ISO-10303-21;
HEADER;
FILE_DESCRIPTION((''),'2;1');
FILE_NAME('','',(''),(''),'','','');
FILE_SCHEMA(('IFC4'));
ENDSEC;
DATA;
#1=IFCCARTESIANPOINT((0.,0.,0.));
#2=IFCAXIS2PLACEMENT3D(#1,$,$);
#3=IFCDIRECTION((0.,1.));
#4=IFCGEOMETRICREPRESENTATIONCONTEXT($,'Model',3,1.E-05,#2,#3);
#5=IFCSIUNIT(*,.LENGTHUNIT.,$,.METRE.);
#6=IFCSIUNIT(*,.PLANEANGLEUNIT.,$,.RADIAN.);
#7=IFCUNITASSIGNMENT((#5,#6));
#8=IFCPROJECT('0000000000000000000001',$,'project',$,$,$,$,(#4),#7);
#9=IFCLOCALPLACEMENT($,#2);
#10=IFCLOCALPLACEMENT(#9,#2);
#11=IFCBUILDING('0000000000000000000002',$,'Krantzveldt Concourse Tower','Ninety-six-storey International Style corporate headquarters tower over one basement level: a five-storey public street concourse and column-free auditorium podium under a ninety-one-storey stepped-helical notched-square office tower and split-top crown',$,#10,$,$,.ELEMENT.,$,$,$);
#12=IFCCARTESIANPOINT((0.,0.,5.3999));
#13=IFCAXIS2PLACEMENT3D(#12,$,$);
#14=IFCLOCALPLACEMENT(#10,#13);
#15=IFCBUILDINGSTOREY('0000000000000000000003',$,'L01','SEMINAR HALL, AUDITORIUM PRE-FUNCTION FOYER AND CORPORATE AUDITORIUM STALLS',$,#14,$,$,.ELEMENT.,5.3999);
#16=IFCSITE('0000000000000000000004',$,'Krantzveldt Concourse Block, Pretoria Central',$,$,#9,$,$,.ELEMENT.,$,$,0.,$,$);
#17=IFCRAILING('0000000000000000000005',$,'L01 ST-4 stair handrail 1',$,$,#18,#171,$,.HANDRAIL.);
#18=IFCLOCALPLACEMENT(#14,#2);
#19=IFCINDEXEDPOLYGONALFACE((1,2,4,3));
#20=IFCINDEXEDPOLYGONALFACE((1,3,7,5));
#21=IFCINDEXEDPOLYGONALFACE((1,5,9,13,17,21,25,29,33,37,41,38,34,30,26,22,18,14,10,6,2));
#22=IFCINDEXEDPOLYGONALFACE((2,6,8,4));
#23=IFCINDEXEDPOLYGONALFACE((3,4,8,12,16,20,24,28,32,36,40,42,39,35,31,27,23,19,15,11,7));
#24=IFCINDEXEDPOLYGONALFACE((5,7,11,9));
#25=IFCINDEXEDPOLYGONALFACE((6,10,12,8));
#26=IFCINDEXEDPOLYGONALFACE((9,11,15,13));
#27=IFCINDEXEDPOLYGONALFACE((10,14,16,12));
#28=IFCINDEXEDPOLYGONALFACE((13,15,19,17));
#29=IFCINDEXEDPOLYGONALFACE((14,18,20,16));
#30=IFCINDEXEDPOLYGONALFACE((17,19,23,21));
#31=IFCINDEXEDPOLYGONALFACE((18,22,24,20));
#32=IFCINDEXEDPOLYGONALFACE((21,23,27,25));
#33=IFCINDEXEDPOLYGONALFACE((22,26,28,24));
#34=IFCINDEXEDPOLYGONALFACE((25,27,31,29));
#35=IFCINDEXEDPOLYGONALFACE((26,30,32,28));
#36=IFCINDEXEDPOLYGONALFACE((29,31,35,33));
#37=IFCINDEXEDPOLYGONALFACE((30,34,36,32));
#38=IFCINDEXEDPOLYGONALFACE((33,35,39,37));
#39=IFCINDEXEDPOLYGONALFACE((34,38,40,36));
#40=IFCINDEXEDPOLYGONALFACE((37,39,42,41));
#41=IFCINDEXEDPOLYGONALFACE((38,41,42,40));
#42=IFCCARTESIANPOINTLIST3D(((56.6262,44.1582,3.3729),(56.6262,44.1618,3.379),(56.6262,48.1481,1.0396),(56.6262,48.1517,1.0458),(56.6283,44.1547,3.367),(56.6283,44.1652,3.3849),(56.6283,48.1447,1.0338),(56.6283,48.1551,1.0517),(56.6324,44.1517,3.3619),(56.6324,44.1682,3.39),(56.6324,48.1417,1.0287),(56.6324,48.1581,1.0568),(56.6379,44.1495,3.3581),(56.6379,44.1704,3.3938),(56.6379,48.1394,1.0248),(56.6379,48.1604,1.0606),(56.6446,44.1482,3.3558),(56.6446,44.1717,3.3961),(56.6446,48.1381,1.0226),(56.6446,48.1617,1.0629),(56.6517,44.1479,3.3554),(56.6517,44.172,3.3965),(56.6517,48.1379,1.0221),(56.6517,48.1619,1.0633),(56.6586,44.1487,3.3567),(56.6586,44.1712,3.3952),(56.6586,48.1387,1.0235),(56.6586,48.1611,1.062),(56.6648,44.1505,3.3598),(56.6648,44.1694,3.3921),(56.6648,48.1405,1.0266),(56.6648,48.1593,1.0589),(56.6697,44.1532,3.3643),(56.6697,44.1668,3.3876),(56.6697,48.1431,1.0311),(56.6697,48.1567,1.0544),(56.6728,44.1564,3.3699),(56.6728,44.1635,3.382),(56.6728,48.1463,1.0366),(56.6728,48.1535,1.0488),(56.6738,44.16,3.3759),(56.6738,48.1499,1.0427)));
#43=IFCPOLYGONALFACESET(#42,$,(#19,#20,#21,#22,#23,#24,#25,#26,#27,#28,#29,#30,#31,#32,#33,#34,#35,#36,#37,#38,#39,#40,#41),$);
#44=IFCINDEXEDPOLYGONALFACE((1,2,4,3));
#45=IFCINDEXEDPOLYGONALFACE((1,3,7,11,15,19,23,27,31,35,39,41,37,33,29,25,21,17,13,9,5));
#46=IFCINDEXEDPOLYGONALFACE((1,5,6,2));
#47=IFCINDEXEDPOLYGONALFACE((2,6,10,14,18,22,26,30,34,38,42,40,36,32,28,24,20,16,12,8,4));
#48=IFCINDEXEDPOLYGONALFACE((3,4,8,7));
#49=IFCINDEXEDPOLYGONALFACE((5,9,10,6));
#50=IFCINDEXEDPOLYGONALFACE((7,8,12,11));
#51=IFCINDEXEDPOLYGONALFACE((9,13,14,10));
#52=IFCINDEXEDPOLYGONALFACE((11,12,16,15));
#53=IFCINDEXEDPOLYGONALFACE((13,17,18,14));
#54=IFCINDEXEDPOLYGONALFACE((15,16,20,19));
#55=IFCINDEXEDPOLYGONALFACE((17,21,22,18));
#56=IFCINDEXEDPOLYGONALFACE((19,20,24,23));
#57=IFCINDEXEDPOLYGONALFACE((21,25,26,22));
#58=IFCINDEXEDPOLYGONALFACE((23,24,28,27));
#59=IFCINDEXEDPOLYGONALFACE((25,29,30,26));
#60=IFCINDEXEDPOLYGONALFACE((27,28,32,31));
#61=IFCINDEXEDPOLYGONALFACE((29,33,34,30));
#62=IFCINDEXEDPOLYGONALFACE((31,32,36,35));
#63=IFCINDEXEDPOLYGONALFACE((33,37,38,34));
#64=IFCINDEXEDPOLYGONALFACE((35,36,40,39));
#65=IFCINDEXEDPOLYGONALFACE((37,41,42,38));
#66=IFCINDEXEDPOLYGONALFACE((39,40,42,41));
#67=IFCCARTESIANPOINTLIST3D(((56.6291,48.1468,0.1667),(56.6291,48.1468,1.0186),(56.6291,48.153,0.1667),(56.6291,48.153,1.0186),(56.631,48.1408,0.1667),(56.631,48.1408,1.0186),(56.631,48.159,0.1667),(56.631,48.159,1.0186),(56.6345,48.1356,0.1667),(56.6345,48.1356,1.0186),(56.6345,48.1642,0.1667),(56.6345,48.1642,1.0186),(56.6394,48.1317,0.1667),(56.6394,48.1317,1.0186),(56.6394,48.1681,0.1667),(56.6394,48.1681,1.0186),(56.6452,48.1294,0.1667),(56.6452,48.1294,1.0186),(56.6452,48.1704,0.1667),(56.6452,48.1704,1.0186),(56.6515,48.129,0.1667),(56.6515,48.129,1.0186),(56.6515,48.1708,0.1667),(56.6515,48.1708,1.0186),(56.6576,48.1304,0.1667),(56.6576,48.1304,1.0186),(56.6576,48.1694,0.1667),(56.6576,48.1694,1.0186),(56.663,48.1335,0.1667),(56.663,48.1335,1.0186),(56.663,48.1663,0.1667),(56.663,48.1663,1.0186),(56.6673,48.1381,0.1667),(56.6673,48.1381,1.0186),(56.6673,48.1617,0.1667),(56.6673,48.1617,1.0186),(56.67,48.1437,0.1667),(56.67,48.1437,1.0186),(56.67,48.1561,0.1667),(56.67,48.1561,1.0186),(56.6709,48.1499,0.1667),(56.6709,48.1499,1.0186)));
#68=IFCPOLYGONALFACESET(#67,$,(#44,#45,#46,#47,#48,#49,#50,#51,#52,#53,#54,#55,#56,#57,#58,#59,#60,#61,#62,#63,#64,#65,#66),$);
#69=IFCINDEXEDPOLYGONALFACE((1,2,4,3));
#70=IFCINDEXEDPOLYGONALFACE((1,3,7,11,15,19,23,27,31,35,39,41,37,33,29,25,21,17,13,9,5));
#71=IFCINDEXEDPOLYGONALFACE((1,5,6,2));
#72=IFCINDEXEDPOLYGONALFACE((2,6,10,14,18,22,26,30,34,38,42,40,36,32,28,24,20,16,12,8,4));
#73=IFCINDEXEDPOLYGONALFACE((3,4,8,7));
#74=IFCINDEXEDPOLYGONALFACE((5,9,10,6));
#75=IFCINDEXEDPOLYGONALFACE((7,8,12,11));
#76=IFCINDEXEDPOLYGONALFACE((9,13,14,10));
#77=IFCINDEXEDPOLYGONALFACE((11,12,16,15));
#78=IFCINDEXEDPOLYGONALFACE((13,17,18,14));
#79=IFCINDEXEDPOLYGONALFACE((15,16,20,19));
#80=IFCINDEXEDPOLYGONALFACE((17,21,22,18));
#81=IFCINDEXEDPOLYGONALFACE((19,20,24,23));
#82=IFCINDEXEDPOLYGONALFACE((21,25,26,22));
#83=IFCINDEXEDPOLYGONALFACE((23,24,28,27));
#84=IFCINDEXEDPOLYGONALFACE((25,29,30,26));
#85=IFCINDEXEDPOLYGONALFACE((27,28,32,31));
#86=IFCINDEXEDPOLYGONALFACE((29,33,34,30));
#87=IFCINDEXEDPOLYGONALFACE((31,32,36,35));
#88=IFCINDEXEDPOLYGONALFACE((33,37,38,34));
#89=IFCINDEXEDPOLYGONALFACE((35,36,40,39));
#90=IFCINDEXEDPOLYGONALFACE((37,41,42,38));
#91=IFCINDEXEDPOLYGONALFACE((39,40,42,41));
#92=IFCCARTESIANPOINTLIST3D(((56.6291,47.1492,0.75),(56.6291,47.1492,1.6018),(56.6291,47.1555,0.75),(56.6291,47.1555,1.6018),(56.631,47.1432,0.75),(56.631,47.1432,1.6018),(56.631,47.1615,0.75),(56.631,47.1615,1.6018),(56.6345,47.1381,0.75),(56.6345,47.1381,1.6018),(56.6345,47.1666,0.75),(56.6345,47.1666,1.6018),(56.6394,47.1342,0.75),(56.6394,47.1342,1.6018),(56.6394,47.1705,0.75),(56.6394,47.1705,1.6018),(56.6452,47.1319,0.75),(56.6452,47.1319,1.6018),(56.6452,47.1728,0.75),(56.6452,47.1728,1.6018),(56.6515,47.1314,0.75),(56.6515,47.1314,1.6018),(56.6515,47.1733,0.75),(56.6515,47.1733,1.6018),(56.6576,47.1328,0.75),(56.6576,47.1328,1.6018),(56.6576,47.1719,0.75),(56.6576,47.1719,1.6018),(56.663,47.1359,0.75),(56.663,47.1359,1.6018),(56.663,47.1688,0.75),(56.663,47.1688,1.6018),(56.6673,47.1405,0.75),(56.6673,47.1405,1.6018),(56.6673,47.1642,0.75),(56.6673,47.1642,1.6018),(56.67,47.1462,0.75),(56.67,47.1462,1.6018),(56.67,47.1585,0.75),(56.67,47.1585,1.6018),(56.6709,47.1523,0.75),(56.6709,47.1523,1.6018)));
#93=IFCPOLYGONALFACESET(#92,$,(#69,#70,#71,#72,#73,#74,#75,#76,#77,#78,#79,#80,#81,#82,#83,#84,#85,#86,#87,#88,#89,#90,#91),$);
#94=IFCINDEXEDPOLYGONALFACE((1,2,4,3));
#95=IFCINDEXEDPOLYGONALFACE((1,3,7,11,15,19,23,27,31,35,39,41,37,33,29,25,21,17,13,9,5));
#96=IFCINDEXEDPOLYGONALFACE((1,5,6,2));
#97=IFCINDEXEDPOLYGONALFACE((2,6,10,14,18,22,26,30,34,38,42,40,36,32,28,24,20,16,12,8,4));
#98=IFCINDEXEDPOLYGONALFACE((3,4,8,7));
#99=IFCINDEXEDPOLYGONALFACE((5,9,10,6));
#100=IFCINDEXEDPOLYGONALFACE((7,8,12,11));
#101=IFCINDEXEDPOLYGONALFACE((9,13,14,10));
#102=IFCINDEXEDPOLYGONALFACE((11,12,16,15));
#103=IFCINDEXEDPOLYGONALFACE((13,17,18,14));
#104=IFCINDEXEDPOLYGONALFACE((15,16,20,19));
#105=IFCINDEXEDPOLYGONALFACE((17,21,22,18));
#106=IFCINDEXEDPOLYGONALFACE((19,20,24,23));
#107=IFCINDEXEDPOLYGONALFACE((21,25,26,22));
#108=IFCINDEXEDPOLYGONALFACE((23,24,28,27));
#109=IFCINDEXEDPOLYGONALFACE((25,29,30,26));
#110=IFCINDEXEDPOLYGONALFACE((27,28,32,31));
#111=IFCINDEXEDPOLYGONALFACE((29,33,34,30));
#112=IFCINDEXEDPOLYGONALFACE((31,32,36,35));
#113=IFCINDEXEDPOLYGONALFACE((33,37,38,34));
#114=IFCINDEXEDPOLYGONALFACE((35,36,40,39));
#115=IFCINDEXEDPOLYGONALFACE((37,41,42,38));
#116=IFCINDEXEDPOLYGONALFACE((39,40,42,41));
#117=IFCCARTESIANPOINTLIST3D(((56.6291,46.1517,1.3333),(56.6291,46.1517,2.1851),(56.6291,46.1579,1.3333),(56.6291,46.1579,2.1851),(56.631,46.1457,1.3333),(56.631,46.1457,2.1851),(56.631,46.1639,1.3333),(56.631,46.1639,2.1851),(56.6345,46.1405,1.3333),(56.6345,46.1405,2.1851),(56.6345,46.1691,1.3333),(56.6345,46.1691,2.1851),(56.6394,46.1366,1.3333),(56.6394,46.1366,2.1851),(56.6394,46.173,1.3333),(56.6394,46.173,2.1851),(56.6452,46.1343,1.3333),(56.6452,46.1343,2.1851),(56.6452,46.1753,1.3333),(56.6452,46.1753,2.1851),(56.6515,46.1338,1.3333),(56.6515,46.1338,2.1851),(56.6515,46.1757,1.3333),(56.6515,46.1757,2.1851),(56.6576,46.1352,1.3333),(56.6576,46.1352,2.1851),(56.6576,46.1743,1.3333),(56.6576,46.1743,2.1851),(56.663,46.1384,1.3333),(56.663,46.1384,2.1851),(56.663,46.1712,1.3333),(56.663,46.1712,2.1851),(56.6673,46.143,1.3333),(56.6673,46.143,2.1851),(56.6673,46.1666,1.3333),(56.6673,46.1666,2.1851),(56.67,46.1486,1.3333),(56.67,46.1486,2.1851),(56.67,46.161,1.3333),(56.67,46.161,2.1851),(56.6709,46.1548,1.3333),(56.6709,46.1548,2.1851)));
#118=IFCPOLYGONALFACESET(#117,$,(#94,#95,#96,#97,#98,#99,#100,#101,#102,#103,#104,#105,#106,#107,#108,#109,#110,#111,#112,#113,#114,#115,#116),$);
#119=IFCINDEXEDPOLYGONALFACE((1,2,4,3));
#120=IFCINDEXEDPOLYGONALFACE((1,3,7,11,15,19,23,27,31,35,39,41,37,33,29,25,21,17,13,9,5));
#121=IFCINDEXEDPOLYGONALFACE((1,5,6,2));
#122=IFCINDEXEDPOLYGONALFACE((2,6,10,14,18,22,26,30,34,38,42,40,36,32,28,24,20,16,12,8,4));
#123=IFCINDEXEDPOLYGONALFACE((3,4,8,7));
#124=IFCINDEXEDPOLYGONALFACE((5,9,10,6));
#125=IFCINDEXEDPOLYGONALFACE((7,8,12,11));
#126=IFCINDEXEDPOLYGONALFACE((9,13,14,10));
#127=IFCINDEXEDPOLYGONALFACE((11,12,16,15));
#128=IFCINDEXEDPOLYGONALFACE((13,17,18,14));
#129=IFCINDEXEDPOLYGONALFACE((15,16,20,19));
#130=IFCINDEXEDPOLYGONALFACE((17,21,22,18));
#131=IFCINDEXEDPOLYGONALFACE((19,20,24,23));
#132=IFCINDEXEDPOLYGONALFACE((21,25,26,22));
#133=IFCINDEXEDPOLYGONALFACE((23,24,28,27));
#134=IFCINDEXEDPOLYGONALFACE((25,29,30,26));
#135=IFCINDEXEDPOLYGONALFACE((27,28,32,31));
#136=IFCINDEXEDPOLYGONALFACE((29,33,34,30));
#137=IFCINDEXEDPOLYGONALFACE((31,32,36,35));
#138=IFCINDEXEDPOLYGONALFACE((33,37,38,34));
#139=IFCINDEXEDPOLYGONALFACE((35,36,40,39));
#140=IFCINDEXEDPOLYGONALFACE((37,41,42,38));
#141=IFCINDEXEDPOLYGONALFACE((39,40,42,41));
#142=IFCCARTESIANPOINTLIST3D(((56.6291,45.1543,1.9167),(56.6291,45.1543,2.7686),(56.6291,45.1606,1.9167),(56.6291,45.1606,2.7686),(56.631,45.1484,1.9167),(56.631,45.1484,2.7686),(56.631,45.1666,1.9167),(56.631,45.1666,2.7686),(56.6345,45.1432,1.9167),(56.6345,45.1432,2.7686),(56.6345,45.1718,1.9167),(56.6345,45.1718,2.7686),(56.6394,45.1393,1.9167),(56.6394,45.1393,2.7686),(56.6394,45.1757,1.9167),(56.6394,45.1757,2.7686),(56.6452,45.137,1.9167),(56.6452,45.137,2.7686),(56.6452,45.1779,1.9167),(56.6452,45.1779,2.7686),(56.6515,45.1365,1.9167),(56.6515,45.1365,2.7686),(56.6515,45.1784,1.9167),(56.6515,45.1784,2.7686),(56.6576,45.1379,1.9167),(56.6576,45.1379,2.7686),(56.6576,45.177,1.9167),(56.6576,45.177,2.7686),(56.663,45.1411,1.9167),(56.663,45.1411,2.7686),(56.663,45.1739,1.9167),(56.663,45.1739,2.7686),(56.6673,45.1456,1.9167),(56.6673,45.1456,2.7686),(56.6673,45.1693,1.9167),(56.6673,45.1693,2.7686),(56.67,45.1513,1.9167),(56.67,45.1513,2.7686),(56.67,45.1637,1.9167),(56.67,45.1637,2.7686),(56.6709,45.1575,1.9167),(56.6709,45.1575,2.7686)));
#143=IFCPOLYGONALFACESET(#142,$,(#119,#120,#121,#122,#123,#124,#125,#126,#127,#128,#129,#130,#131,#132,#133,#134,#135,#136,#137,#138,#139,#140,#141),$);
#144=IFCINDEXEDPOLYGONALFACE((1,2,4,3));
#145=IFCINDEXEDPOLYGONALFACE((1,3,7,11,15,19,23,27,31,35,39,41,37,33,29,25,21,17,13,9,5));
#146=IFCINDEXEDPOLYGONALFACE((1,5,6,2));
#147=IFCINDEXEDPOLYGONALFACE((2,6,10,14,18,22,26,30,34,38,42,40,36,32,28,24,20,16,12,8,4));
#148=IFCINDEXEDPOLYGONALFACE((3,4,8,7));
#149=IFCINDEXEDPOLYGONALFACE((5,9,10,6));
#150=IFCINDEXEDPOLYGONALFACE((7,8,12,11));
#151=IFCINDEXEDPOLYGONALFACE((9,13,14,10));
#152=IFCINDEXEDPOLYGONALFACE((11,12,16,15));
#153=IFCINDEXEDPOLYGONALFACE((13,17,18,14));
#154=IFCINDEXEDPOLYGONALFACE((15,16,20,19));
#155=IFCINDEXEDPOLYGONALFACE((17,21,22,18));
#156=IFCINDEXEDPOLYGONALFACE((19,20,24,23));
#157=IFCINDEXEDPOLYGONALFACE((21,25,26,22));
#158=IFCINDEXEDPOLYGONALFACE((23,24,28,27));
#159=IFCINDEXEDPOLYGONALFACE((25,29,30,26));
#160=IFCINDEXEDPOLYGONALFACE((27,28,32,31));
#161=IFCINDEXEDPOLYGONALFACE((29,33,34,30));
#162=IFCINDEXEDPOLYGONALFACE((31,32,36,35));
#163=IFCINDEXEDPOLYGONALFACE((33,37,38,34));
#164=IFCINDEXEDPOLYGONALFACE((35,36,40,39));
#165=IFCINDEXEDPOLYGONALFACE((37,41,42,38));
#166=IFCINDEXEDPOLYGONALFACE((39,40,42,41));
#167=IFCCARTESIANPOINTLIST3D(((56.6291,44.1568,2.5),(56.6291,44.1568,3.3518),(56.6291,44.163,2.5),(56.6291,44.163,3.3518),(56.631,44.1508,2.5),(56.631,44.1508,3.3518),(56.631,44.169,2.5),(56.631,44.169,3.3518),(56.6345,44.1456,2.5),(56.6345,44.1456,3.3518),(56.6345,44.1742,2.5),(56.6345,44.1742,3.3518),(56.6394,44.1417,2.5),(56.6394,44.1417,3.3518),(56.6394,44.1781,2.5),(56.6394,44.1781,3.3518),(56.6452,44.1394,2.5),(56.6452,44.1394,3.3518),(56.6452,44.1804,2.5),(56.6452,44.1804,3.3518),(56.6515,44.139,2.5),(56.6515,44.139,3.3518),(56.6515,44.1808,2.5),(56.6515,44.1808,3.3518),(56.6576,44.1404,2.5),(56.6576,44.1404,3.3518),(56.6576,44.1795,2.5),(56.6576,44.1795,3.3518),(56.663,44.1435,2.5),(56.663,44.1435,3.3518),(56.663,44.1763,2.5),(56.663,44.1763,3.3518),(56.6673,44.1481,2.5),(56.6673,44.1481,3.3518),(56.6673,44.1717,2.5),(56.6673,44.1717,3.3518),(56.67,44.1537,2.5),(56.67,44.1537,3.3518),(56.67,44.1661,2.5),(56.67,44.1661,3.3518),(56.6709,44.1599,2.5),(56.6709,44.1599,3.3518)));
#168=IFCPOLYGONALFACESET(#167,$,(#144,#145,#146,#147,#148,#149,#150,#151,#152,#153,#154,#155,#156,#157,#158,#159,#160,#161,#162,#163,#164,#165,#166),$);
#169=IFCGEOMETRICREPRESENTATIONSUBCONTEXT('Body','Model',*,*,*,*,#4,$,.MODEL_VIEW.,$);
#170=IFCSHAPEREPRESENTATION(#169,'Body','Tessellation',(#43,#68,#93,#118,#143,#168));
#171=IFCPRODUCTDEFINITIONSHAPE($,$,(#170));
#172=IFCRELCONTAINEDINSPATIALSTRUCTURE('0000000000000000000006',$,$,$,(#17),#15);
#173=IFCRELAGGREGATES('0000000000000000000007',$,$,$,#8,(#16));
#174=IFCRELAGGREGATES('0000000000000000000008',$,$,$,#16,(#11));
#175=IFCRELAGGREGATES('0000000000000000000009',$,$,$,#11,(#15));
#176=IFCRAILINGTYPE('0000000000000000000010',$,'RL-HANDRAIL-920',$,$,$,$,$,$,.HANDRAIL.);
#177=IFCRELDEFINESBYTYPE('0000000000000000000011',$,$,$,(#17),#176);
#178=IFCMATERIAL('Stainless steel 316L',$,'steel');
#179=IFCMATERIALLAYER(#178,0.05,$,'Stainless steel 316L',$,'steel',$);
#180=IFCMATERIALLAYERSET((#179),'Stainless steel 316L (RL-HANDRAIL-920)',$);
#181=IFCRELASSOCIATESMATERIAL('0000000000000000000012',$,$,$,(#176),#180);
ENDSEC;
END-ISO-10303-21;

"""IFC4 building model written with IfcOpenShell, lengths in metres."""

from ifc_helpers import new_model, si_unit, direction, frame, origin, origin_2d, place, context, subcontext, project, spatial, circle, extrude, material, layer, layer_set, type_object, element, save


model = new_model("IFC4")

# Units and contexts
model_context = context("Model", 3, precision=1e-05, world=origin(), true_north=direction((0.0, 1.0)))
body_context = subcontext(model_context, "Body", "Model", "MODEL_VIEW")
ifc_project = project(units=[si_unit("LENGTHUNIT", "METRE"), si_unit("PLANEANGLEUNIT", "RADIAN")], contexts=[model_context])

# Site, building, storey
site_placement = place(None, origin())
site = spatial("IfcSite", under=ifc_project, at=site_placement, Name="Krantzveldt Concourse Block, Pretoria Central", CompositionType="ELEMENT", RefElevation=0.0)
building_placement = place(site_placement, origin())
building = spatial("IfcBuilding", under=site, at=building_placement, Name="Krantzveldt Concourse Tower", Description="Ninety-six-storey International Style corporate headquarters tower over one basement level: a five-storey public street concourse and column-free auditorium podium under a ninety-one-storey stepped-helical notched-square office tower and split-top crown", CompositionType="ELEMENT")
storey_placement = place(building_placement, frame((0.0, 0.0, 5.3999)))
storey = spatial("IfcBuildingStorey", under=building, at=storey_placement, Name="L01", Description="SEMINAR HALL, AUDITORIUM PRE-FUNCTION FOYER AND CORPORATE AUDITORIUM STALLS", CompositionType="ELEMENT", Elevation=5.3999)

# Railing
ifc_material_1 = material(Name="Stainless steel 316L", Category="steel")
ifc_layer_1 = layer(ifc_material_1, 0.05, Name="Stainless steel 316L", Category="steel")
ifc_layer_set_1 = layer_set([ifc_layer_1], Name="Stainless steel 316L (RL-HANDRAIL-920)")
railing_type_1 = type_object("IfcRailingType", Name="RL-HANDRAIL-920", PredefinedType="HANDRAIL", material=ifc_layer_set_1)
railing_1_placement = place(storey_placement, frame((56.6499, 48.1499, 0.1667)))
element("IfcRailing", 1, at=railing_1_placement, inside=storey, type_object=railing_type_1, Name="L01 ST-4 stair handrail 1", PredefinedType="HANDRAIL", context=body_context, shape_type="SweptSolid", body=[
    extrude(circle(Radius=0.0239, at=origin_2d()), frame((0.0, 0.0, 0.876), z_axis=(0.0, -0.863236, 0.5048), x_axis=(1.0, 0.0, 0.0)), (0.0, 0.0, 1.0), 4.6221),
    extrude(circle(Radius=0.021, at=origin_2d()), origin(), (0.0, 0.0, 1.0), 0.8518),
    extrude(circle(Radius=0.021, at=origin_2d()), frame((0.0, -0.9976, 0.5833)), (0.0, 0.0, 1.0), 0.8518),
    extrude(circle(Radius=0.021, at=origin_2d()), frame((0.0, -1.9951, 1.1665)), (0.0, 0.0, 1.0), 0.8518),
    extrude(circle(Radius=0.021, at=origin_2d()), frame((0.0, -2.9924, 1.75)), (0.0, 0.0, 1.0), 0.8518),
    extrude(circle(Radius=0.021, at=origin_2d()), frame((0.0, -3.99, 2.3333)), (0.0, 0.0, 1.0), 0.8518),
])

save(model, "model.ifc")
